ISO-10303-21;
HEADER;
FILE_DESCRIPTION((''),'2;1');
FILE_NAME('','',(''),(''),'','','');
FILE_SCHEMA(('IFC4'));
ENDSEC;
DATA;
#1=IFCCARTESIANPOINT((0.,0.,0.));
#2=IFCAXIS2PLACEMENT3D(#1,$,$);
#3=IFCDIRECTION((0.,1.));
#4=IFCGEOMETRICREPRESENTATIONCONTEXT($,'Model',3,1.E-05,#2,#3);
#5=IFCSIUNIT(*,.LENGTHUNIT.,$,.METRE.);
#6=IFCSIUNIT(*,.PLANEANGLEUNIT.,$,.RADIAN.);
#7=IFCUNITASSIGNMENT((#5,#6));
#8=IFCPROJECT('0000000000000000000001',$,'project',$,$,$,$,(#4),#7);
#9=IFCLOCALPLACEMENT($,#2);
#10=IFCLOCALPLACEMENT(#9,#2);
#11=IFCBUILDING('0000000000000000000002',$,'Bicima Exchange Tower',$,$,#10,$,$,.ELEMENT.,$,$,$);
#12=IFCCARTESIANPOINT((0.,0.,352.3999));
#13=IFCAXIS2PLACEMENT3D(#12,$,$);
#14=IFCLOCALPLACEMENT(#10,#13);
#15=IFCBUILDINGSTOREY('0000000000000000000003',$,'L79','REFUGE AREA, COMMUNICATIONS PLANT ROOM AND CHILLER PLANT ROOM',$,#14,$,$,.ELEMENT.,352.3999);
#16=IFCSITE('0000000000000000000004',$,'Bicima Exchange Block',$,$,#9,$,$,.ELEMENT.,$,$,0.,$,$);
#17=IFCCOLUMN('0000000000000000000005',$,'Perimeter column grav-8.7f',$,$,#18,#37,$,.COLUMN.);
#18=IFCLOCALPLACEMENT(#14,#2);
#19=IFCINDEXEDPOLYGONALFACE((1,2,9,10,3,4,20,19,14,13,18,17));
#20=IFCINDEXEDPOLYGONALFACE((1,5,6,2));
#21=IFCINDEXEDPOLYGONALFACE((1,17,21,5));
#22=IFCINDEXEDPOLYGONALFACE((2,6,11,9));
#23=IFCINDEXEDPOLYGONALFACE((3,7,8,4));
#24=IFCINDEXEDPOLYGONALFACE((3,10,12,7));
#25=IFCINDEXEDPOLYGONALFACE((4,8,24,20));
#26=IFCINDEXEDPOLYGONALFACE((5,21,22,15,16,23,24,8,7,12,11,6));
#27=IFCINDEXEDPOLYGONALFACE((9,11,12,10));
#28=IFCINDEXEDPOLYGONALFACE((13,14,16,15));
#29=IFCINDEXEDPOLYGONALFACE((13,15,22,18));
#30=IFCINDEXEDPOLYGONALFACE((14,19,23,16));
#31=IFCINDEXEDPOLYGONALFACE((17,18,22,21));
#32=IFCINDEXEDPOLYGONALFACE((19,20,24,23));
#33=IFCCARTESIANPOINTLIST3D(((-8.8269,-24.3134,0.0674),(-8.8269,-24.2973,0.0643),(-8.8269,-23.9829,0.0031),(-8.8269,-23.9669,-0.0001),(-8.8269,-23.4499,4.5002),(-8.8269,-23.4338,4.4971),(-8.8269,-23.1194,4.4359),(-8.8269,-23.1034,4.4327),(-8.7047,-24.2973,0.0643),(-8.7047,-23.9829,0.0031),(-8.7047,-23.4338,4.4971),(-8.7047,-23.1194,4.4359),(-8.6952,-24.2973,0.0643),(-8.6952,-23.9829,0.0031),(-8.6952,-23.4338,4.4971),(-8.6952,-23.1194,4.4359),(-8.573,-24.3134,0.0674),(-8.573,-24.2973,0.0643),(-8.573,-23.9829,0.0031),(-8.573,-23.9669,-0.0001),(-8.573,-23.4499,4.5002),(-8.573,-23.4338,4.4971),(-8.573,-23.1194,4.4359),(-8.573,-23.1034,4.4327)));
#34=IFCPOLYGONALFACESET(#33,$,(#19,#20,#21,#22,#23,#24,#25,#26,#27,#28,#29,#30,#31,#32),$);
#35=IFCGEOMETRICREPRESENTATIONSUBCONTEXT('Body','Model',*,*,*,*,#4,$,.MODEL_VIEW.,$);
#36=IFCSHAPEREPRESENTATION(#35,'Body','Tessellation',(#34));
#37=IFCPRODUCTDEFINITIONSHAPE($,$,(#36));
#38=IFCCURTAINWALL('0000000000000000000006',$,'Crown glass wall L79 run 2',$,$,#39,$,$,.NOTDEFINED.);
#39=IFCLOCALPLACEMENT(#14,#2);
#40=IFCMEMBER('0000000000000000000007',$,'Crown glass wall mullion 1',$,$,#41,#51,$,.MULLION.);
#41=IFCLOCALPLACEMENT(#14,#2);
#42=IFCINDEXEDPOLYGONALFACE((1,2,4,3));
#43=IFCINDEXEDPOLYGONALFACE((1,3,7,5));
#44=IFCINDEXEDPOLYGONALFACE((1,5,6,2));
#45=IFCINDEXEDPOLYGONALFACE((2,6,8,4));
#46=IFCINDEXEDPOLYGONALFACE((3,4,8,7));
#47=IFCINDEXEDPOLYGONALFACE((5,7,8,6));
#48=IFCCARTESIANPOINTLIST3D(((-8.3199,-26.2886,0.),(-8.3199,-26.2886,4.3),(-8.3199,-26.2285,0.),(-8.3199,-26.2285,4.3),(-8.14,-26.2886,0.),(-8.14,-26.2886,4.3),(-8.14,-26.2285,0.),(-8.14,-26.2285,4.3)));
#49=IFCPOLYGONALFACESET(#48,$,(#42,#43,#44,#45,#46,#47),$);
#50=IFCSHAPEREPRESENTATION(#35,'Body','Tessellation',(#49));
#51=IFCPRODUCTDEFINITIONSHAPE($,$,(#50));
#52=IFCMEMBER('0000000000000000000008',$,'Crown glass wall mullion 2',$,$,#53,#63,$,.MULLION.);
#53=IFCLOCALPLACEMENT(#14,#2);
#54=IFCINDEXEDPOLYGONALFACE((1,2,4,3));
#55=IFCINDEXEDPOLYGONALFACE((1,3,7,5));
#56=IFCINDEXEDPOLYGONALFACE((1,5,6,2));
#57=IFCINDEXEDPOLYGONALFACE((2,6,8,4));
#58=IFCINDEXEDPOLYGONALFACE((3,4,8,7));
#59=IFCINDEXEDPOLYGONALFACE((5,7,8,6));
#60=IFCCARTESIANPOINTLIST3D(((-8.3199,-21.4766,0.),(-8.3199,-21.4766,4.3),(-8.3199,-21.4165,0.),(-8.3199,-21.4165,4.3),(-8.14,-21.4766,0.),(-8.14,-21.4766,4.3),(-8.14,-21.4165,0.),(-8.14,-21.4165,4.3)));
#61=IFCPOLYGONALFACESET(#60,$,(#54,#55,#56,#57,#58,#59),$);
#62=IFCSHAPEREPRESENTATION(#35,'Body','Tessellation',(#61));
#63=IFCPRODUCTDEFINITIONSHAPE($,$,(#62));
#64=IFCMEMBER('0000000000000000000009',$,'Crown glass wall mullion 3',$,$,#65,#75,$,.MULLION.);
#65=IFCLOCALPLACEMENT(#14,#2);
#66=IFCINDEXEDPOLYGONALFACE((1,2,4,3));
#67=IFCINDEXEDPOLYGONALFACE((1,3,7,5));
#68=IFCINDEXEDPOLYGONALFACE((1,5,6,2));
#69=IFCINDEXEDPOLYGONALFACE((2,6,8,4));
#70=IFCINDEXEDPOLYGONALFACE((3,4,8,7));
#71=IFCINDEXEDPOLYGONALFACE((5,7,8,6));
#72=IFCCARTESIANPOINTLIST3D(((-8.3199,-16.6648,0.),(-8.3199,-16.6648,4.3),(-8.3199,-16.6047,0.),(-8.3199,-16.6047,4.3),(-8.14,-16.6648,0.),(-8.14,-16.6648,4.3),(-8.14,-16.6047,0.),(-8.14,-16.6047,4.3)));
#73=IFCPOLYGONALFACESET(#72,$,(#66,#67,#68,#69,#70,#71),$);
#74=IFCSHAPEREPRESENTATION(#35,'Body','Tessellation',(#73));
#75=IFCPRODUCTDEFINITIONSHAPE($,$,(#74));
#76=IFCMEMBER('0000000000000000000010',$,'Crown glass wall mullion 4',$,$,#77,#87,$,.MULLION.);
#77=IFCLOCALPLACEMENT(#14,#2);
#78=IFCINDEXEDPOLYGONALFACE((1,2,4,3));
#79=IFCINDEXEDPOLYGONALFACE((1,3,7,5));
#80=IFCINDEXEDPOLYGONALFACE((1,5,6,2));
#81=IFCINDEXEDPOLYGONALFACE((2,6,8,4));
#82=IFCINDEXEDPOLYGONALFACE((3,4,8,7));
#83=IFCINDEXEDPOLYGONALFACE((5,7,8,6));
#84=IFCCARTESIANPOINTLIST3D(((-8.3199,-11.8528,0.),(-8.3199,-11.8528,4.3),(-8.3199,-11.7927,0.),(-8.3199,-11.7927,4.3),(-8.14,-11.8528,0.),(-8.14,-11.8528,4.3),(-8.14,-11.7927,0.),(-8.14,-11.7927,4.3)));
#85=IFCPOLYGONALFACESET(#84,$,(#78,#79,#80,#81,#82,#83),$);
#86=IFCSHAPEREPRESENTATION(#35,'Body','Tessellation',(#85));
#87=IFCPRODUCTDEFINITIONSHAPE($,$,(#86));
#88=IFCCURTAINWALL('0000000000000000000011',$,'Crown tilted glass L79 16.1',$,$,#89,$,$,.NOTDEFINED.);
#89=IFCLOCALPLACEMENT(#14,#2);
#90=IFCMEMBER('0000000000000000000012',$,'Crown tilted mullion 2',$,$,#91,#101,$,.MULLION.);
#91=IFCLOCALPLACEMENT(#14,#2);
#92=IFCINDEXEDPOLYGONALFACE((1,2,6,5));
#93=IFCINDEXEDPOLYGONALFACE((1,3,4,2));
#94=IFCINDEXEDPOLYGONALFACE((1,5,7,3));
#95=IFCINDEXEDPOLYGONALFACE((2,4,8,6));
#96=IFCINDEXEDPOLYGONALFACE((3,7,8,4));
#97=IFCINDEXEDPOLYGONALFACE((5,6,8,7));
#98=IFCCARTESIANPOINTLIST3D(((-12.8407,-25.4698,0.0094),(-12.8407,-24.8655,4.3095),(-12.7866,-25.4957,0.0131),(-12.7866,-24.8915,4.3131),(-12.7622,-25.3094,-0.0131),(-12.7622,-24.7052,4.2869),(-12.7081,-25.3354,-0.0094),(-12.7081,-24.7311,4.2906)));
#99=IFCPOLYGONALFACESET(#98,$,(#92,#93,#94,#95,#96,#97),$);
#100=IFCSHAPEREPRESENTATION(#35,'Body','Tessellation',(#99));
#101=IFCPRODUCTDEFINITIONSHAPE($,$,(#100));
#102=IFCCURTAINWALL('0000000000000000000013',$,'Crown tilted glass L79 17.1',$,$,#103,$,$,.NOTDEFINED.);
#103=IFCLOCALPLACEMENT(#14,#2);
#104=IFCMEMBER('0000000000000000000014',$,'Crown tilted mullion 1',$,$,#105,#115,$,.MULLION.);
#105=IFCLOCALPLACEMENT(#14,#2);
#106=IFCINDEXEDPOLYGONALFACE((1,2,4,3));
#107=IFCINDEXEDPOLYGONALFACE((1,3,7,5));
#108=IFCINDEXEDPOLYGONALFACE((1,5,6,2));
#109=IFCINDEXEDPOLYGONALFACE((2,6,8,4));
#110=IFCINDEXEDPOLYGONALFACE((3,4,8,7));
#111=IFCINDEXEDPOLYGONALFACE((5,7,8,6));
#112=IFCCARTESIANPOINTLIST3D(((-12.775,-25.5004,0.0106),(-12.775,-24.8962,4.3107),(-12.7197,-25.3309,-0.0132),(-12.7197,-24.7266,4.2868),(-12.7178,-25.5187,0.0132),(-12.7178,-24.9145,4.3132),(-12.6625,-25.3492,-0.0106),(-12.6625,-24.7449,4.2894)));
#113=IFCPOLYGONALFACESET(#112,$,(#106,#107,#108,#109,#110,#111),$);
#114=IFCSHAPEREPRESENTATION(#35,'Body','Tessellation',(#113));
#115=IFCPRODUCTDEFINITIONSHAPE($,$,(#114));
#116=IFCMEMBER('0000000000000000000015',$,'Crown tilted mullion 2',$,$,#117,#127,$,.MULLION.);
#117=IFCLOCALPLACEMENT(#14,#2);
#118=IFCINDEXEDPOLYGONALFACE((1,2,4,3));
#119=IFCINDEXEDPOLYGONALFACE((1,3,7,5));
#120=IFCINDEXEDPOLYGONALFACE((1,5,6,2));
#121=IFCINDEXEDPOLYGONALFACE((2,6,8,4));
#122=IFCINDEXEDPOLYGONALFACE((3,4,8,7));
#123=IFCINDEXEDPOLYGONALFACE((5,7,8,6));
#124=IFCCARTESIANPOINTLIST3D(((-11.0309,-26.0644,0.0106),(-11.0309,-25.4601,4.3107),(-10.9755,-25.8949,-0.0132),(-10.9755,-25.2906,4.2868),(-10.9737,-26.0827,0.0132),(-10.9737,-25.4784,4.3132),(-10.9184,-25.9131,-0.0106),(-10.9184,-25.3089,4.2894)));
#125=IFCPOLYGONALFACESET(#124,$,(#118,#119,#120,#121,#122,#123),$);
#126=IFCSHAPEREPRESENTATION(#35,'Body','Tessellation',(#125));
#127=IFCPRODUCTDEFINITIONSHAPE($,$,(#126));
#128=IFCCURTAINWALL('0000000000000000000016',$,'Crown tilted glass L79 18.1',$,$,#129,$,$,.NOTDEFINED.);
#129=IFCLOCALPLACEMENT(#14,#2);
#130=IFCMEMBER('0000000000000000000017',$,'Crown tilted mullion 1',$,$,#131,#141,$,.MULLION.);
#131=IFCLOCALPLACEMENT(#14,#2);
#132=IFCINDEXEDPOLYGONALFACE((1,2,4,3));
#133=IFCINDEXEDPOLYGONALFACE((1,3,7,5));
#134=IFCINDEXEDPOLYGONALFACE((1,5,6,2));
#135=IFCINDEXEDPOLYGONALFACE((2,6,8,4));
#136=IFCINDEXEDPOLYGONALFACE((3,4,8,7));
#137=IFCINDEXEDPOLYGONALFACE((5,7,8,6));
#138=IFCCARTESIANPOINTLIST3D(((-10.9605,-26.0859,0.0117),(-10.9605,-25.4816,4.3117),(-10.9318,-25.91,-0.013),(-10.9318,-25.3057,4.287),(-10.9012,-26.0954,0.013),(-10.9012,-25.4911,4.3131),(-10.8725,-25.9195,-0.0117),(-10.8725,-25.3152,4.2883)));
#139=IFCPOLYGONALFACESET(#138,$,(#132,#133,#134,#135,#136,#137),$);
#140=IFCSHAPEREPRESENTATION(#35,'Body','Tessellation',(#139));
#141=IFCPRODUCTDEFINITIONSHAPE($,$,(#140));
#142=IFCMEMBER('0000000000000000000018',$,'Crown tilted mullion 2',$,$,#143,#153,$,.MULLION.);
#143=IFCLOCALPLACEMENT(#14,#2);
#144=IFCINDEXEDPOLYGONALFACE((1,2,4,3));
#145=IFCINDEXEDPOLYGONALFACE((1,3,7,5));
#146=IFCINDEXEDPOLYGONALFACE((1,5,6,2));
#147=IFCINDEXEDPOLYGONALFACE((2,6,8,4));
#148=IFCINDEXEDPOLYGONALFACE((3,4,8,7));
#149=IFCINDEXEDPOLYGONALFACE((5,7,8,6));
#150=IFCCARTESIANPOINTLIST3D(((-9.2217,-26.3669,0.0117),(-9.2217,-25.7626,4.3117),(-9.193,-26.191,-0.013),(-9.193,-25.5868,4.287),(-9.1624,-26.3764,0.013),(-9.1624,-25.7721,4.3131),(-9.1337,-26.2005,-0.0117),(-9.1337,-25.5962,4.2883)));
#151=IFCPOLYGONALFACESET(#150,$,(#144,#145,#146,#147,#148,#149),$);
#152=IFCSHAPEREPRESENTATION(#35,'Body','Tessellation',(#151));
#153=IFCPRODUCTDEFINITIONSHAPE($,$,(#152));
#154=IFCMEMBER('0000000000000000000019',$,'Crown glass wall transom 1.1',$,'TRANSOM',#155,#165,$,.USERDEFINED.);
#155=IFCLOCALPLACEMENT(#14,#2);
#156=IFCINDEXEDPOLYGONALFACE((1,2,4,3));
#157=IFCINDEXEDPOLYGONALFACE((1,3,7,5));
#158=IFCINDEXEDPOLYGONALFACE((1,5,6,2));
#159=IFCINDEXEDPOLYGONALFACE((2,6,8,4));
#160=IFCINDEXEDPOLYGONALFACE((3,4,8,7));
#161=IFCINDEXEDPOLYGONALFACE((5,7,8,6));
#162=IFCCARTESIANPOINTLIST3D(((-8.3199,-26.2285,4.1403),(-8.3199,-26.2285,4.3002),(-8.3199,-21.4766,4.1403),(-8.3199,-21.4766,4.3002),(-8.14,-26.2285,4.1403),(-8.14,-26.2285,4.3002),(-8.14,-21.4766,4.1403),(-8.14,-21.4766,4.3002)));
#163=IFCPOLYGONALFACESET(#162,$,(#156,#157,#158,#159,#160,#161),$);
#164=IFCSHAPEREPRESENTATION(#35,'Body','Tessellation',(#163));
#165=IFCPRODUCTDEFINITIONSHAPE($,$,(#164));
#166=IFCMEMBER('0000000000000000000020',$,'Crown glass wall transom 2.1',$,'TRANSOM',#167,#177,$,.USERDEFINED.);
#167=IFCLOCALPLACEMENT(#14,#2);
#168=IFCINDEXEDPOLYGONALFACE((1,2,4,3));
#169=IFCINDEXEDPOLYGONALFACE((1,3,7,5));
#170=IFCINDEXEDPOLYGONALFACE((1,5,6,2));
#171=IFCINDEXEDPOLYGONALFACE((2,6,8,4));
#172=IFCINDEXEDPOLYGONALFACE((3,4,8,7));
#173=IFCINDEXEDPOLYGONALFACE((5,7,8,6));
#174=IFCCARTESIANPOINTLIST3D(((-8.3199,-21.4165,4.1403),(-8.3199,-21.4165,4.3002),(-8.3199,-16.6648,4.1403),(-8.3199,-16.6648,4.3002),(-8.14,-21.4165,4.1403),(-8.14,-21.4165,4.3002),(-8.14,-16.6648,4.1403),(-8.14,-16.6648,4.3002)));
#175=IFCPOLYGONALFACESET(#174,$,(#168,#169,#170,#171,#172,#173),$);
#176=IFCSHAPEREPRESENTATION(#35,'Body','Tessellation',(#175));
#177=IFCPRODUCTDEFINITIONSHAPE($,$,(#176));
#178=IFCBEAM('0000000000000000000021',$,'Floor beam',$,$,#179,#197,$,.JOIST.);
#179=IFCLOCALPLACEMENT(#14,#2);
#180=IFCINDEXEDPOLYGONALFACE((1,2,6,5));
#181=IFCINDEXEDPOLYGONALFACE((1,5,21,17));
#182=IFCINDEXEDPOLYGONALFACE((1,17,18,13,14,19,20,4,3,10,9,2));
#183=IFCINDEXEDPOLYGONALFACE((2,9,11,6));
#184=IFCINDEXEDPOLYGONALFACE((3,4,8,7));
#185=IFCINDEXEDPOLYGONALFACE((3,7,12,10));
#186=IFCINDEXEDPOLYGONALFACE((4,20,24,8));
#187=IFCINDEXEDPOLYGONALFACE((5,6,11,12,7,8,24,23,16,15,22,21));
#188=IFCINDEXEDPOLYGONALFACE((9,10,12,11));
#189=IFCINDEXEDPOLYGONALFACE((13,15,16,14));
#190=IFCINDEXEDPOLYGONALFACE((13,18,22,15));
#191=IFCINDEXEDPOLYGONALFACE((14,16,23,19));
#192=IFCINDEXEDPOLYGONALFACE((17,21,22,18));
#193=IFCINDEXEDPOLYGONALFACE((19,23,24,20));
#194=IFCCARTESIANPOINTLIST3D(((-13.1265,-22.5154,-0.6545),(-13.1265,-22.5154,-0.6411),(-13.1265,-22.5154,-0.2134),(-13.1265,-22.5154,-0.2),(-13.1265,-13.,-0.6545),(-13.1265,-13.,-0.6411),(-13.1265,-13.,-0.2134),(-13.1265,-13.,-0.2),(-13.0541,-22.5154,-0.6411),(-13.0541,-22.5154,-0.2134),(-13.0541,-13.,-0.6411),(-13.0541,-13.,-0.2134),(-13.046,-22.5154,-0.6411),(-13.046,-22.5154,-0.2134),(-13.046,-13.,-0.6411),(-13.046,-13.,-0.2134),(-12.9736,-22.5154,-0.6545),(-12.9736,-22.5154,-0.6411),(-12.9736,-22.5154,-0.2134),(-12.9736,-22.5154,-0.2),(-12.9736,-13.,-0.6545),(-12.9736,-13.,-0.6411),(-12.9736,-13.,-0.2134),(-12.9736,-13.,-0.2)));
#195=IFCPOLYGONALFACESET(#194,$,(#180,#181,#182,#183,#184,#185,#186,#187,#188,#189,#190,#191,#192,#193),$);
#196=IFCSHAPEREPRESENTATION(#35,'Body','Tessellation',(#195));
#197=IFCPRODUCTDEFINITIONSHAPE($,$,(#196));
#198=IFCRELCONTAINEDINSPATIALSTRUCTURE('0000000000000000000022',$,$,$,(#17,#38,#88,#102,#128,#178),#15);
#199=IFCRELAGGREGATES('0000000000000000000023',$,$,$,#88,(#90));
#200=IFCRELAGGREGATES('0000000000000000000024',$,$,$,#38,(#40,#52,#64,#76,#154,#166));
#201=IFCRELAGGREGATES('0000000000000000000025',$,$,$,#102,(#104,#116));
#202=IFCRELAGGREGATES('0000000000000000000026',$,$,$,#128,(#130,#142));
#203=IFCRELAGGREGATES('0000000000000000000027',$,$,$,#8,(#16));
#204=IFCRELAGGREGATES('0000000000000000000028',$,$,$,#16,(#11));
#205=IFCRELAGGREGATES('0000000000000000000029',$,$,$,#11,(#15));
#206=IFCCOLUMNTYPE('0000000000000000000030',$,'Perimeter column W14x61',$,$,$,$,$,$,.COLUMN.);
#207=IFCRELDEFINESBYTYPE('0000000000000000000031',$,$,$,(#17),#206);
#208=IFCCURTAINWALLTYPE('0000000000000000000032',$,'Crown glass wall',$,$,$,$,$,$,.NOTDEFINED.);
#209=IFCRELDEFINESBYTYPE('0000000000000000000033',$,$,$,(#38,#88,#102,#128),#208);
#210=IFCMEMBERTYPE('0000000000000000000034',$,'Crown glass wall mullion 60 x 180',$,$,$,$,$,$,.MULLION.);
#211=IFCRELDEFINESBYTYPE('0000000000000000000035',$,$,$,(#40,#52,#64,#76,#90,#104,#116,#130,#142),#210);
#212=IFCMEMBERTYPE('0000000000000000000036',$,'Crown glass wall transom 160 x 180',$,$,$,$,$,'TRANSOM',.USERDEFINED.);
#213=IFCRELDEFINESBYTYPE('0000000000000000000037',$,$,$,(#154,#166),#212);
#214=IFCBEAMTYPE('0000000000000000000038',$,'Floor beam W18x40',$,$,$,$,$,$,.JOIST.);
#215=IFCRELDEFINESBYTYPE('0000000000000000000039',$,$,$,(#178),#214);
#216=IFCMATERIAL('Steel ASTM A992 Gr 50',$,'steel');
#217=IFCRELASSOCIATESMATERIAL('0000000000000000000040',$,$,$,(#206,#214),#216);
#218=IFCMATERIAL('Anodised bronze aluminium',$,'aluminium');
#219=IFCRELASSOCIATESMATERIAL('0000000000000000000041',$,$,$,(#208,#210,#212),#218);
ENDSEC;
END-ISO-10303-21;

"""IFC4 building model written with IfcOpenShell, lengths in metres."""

from ifc_helpers import new_model, si_unit, direction, frame, origin, origin_2d, place, context, subcontext, project, spatial, rectangle, i_section, extrude, material, material_profile, profile_set, type_object, element, aggregate, save


model = new_model("IFC4")

# Units and contexts
model_context = context("Model", 3, precision=1e-05, world=origin(), true_north=direction((0.0, 1.0)))
body_context = subcontext(model_context, "Body", "Model", "MODEL_VIEW")
ifc_project = project(units=[si_unit("LENGTHUNIT", "METRE"), si_unit("PLANEANGLEUNIT", "RADIAN")], contexts=[model_context])

# Site, building, storey
site_placement = place(None, origin())
site = spatial("IfcSite", under=ifc_project, at=site_placement, Name="Bicima Exchange Block", CompositionType="ELEMENT", RefElevation=0.0)
building_placement = place(site_placement, origin())
building = spatial("IfcBuilding", under=site, at=building_placement, Name="Bicima Exchange Tower", CompositionType="ELEMENT")
storey_placement = place(building_placement, frame((0.0, 0.0, 352.3999)))
storey = spatial("IfcBuildingStorey", under=building, at=storey_placement, Name="L79", Description="REFUGE AREA, COMMUNICATIONS PLANT ROOM AND CHILLER PLANT ROOM", CompositionType="ELEMENT", Elevation=352.3999)

# Column
ifc_material_1 = material(Name="Steel ASTM A992 Gr 50", Category="steel")
ifc_material_profile_1 = material_profile(ifc_material_1, i_section(OverallWidth=0.2539, OverallDepth=0.353, WebThickness=0.0095, FlangeThickness=0.0164, at=origin_2d()))
ifc_profile_set_1 = profile_set([ifc_material_profile_1], Name="Steel ASTM A992 Gr 50")
column_type = type_object("IfcColumnType", Name="Perimeter column W14x61", PredefinedType="COLUMN", material=ifc_profile_set_1)
column_placement = place(storey_placement, frame((-8.7, -24.1401, 0.0337), z_axis=(0.0, 0.191207, 0.98155), x_axis=(-1.0, 0.0, 0.0)))
element("IfcColumn", 1, at=column_placement, inside=storey, type_object=column_type, Name="Perimeter column grav-8.7f", PredefinedType="COLUMN", context=body_context, shape_type="SweptSolid", body=[
    extrude(i_section(OverallWidth=0.2539, OverallDepth=0.353, WebThickness=0.0095, FlangeThickness=0.0164, at=origin_2d()), origin(), (0.0, 0.0, 1.0), 4.5161),
])

# Curtain wall, members
ifc_material_2 = material(Name="Anodised bronze aluminium", Category="aluminium")
curtain_wall_type = type_object("IfcCurtainWallType", Name="Crown glass wall", PredefinedType="NOTDEFINED", material=ifc_material_2)
curtain_wall_1_placement = place(storey_placement, origin())
curtain_wall_1 = element("IfcCurtainWall", 2, at=curtain_wall_1_placement, inside=storey, type_object=curtain_wall_type, Name="Crown glass wall L79 run 2", PredefinedType="NOTDEFINED")
ifc_material_profile_2 = material_profile(ifc_material_2, rectangle(XDim=0.1799, YDim=0.0601, at=origin_2d()))
ifc_profile_set_2 = profile_set([ifc_material_profile_2], Name="Anodised bronze aluminium")
member_type_1 = type_object("IfcMemberType", Name="Crown glass wall mullion 60 x 180", PredefinedType="MULLION", material=ifc_profile_set_2)
member_1_placement = place(storey_placement, frame((-8.23, -26.2585, 0.0), z_axis=(0.0, 0.0, 1.0), x_axis=(-1.0, 0.0, 0.0)))
member_1 = element("IfcMember", 3, at=member_1_placement, type_object=member_type_1, Name="Crown glass wall mullion 1", PredefinedType="MULLION", context=body_context, shape_type="SweptSolid", body=[
    extrude(rectangle(XDim=0.1799, YDim=0.0601, at=origin_2d()), origin(), (0.0, 0.0, 1.0), 4.3),
])
member_2_placement = place(storey_placement, frame((-8.23, -21.4465, 0.0), z_axis=(0.0, 0.0, 1.0), x_axis=(-1.0, 0.0, 0.0)))
member_2 = element("IfcMember", 4, at=member_2_placement, type_object=member_type_1, Name="Crown glass wall mullion 2", PredefinedType="MULLION", context=body_context, shape_type="SweptSolid", body=[
    extrude(rectangle(XDim=0.1799, YDim=0.0601, at=origin_2d()), origin(), (0.0, 0.0, 1.0), 4.3),
])
member_3_placement = place(storey_placement, frame((-8.23, -16.6348, 0.0), z_axis=(0.0, 0.0, 1.0), x_axis=(-1.0, 0.0, 0.0)))
member_3 = element("IfcMember", 5, at=member_3_placement, type_object=member_type_1, Name="Crown glass wall mullion 3", PredefinedType="MULLION", context=body_context, shape_type="SweptSolid", body=[
    extrude(rectangle(XDim=0.1799, YDim=0.0601, at=origin_2d()), origin(), (0.0, 0.0, 1.0), 4.3),
])
member_4_placement = place(storey_placement, frame((-8.23, -11.8228, 0.0), z_axis=(0.0, 0.0, 1.0), x_axis=(-1.0, 0.0, 0.0)))
member_4 = element("IfcMember", 6, at=member_4_placement, type_object=member_type_1, Name="Crown glass wall mullion 4", PredefinedType="MULLION", context=body_context, shape_type="SweptSolid", body=[
    extrude(rectangle(XDim=0.1799, YDim=0.0601, at=origin_2d()), origin(), (0.0, 0.0, 1.0), 4.3),
])

# Curtain wall, member
curtain_wall_2_placement = place(storey_placement, origin())
curtain_wall_2 = element("IfcCurtainWall", 7, at=curtain_wall_2_placement, inside=storey, type_object=curtain_wall_type, Name="Crown tilted glass L79 16.1", PredefinedType="NOTDEFINED")
member_5_placement = place(storey_placement, frame((-12.7744, -25.4026, 0.0), z_axis=(0.0, 0.139154, 0.990271), x_axis=(-0.436225, -0.891083, 0.125216)))
member_5 = element("IfcMember", 8, at=member_5_placement, type_object=member_type_1, Name="Crown tilted mullion 2", PredefinedType="MULLION", context=body_context, shape_type="SweptSolid", body=[
    extrude(rectangle(XDim=0.1799, YDim=0.0601, at=origin_2d()), origin(), (0.0, 0.0, 1.0), 4.3423),
])
aggregate(curtain_wall_2, [member_5])

# Curtain walls, members
curtain_wall_3_placement = place(storey_placement, origin())
curtain_wall_3 = element("IfcCurtainWall", 9, at=curtain_wall_3_placement, inside=storey, type_object=curtain_wall_type, Name="Crown tilted glass L79 17.1", PredefinedType="NOTDEFINED")
member_6_placement = place(storey_placement, frame((-12.7188, -25.4248, 0.0), z_axis=(0.0, 0.139154, 0.990271), x_axis=(-0.307573, -0.942267, 0.132408)))
member_6 = element("IfcMember", 10, at=member_6_placement, type_object=member_type_1, Name="Crown tilted mullion 1", PredefinedType="MULLION", context=body_context, shape_type="SweptSolid", body=[
    extrude(rectangle(XDim=0.1799, YDim=0.0601, at=origin_2d()), origin(), (0.0, 0.0, 1.0), 4.3423),
])
member_7_placement = place(storey_placement, frame((-10.9746, -25.9888, 0.0), z_axis=(0.0, 0.139154, 0.990271), x_axis=(-0.307573, -0.942267, 0.132408)))
member_7 = element("IfcMember", 11, at=member_7_placement, type_object=member_type_1, Name="Crown tilted mullion 2", PredefinedType="MULLION", context=body_context, shape_type="SweptSolid", body=[
    extrude(rectangle(XDim=0.1799, YDim=0.0601, at=origin_2d()), origin(), (0.0, 0.0, 1.0), 4.3423),
])
curtain_wall_4_placement = place(storey_placement, origin())
curtain_wall_4 = element("IfcCurtainWall", 12, at=curtain_wall_4_placement, inside=storey, type_object=curtain_wall_type, Name="Crown tilted glass L79 18.1", PredefinedType="NOTDEFINED")
member_8_placement = place(storey_placement, frame((-10.9165, -26.0027, 0.0), z_axis=(0.0, 0.139154, 0.990271), x_axis=(-0.15955, -0.977585, 0.137371)))
member_8 = element("IfcMember", 13, at=member_8_placement, type_object=member_type_1, Name="Crown tilted mullion 1", PredefinedType="MULLION", context=body_context, shape_type="SweptSolid", body=[
    extrude(rectangle(XDim=0.1799, YDim=0.0601, at=origin_2d()), origin(), (0.0, 0.0, 1.0), 4.3423),
])
member_9_placement = place(storey_placement, frame((-9.1777, -26.2837, 0.0), z_axis=(0.0, 0.139154, 0.990271), x_axis=(-0.15955, -0.977585, 0.137371)))
member_9 = element("IfcMember", 14, at=member_9_placement, type_object=member_type_1, Name="Crown tilted mullion 2", PredefinedType="MULLION", context=body_context, shape_type="SweptSolid", body=[
    extrude(rectangle(XDim=0.1799, YDim=0.0601, at=origin_2d()), origin(), (0.0, 0.0, 1.0), 4.3423),
])

# Members
ifc_material_profile_3 = material_profile(ifc_material_2, rectangle(XDim=0.1799, YDim=0.1599, at=origin_2d()))
ifc_profile_set_3 = profile_set([ifc_material_profile_3], Name="Anodised bronze aluminium")
member_type_2 = type_object("IfcMemberType", Name="Crown glass wall transom 160 x 180", ElementType="TRANSOM", PredefinedType="USERDEFINED", material=ifc_profile_set_3)
member_10_placement = place(storey_placement, frame((-8.23, -26.2285, 4.2202), z_axis=(0.0, 1.0, 0.0), x_axis=(-1.0, 0.0, 0.0)))
member_10 = element("IfcMember", 15, at=member_10_placement, type_object=member_type_2, Name="Crown glass wall transom 1.1", ObjectType="TRANSOM", PredefinedType="USERDEFINED", context=body_context, shape_type="SweptSolid", body=[
    extrude(rectangle(XDim=0.1799, YDim=0.1599, at=origin_2d()), origin(), (0.0, 0.0, 1.0), 4.752),
])
member_11_placement = place(storey_placement, frame((-8.23, -21.4165, 4.2202), z_axis=(0.0, 1.0, 0.0), x_axis=(-1.0, 0.0, 0.0)))
member_11 = element("IfcMember", 16, at=member_11_placement, type_object=member_type_2, Name="Crown glass wall transom 2.1", ObjectType="TRANSOM", PredefinedType="USERDEFINED", context=body_context, shape_type="SweptSolid", body=[
    extrude(rectangle(XDim=0.1799, YDim=0.1599, at=origin_2d()), origin(), (0.0, 0.0, 1.0), 4.7517),
])

# Beam
ifc_material_profile_4 = material_profile(ifc_material_1, i_section(OverallWidth=0.1528, OverallDepth=0.4546, WebThickness=0.0081, FlangeThickness=0.0134, at=origin_2d()))
ifc_profile_set_4 = profile_set([ifc_material_profile_4], Name="Steel ASTM A992 Gr 50")
beam_type_1 = type_object("IfcBeamType", Name="Floor beam W18x40", PredefinedType="JOIST", material=ifc_profile_set_4)
beam_1_placement = place(storey_placement, frame((-13.05, -13.0, -0.4272), z_axis=(0.0, -1.0, 0.0), x_axis=(1.0, 0.0, 0.0)))
element("IfcBeam", 17, at=beam_1_placement, inside=storey, type_object=beam_type_1, Name="Floor beam", PredefinedType="JOIST", context=body_context, shape_type="SweptSolid", body=[
    extrude(i_section(OverallWidth=0.1528, OverallDepth=0.4546, WebThickness=0.0081, FlangeThickness=0.0134, at=origin_2d()), origin(), (0.0, 0.0, 1.0), 9.5154),
])

aggregate(curtain_wall_1, [member_1, member_2, member_3, member_4, member_10, member_11])
aggregate(curtain_wall_3, [member_6, member_7])
aggregate(curtain_wall_4, [member_8, member_9])

save(model, "model.ifc")
